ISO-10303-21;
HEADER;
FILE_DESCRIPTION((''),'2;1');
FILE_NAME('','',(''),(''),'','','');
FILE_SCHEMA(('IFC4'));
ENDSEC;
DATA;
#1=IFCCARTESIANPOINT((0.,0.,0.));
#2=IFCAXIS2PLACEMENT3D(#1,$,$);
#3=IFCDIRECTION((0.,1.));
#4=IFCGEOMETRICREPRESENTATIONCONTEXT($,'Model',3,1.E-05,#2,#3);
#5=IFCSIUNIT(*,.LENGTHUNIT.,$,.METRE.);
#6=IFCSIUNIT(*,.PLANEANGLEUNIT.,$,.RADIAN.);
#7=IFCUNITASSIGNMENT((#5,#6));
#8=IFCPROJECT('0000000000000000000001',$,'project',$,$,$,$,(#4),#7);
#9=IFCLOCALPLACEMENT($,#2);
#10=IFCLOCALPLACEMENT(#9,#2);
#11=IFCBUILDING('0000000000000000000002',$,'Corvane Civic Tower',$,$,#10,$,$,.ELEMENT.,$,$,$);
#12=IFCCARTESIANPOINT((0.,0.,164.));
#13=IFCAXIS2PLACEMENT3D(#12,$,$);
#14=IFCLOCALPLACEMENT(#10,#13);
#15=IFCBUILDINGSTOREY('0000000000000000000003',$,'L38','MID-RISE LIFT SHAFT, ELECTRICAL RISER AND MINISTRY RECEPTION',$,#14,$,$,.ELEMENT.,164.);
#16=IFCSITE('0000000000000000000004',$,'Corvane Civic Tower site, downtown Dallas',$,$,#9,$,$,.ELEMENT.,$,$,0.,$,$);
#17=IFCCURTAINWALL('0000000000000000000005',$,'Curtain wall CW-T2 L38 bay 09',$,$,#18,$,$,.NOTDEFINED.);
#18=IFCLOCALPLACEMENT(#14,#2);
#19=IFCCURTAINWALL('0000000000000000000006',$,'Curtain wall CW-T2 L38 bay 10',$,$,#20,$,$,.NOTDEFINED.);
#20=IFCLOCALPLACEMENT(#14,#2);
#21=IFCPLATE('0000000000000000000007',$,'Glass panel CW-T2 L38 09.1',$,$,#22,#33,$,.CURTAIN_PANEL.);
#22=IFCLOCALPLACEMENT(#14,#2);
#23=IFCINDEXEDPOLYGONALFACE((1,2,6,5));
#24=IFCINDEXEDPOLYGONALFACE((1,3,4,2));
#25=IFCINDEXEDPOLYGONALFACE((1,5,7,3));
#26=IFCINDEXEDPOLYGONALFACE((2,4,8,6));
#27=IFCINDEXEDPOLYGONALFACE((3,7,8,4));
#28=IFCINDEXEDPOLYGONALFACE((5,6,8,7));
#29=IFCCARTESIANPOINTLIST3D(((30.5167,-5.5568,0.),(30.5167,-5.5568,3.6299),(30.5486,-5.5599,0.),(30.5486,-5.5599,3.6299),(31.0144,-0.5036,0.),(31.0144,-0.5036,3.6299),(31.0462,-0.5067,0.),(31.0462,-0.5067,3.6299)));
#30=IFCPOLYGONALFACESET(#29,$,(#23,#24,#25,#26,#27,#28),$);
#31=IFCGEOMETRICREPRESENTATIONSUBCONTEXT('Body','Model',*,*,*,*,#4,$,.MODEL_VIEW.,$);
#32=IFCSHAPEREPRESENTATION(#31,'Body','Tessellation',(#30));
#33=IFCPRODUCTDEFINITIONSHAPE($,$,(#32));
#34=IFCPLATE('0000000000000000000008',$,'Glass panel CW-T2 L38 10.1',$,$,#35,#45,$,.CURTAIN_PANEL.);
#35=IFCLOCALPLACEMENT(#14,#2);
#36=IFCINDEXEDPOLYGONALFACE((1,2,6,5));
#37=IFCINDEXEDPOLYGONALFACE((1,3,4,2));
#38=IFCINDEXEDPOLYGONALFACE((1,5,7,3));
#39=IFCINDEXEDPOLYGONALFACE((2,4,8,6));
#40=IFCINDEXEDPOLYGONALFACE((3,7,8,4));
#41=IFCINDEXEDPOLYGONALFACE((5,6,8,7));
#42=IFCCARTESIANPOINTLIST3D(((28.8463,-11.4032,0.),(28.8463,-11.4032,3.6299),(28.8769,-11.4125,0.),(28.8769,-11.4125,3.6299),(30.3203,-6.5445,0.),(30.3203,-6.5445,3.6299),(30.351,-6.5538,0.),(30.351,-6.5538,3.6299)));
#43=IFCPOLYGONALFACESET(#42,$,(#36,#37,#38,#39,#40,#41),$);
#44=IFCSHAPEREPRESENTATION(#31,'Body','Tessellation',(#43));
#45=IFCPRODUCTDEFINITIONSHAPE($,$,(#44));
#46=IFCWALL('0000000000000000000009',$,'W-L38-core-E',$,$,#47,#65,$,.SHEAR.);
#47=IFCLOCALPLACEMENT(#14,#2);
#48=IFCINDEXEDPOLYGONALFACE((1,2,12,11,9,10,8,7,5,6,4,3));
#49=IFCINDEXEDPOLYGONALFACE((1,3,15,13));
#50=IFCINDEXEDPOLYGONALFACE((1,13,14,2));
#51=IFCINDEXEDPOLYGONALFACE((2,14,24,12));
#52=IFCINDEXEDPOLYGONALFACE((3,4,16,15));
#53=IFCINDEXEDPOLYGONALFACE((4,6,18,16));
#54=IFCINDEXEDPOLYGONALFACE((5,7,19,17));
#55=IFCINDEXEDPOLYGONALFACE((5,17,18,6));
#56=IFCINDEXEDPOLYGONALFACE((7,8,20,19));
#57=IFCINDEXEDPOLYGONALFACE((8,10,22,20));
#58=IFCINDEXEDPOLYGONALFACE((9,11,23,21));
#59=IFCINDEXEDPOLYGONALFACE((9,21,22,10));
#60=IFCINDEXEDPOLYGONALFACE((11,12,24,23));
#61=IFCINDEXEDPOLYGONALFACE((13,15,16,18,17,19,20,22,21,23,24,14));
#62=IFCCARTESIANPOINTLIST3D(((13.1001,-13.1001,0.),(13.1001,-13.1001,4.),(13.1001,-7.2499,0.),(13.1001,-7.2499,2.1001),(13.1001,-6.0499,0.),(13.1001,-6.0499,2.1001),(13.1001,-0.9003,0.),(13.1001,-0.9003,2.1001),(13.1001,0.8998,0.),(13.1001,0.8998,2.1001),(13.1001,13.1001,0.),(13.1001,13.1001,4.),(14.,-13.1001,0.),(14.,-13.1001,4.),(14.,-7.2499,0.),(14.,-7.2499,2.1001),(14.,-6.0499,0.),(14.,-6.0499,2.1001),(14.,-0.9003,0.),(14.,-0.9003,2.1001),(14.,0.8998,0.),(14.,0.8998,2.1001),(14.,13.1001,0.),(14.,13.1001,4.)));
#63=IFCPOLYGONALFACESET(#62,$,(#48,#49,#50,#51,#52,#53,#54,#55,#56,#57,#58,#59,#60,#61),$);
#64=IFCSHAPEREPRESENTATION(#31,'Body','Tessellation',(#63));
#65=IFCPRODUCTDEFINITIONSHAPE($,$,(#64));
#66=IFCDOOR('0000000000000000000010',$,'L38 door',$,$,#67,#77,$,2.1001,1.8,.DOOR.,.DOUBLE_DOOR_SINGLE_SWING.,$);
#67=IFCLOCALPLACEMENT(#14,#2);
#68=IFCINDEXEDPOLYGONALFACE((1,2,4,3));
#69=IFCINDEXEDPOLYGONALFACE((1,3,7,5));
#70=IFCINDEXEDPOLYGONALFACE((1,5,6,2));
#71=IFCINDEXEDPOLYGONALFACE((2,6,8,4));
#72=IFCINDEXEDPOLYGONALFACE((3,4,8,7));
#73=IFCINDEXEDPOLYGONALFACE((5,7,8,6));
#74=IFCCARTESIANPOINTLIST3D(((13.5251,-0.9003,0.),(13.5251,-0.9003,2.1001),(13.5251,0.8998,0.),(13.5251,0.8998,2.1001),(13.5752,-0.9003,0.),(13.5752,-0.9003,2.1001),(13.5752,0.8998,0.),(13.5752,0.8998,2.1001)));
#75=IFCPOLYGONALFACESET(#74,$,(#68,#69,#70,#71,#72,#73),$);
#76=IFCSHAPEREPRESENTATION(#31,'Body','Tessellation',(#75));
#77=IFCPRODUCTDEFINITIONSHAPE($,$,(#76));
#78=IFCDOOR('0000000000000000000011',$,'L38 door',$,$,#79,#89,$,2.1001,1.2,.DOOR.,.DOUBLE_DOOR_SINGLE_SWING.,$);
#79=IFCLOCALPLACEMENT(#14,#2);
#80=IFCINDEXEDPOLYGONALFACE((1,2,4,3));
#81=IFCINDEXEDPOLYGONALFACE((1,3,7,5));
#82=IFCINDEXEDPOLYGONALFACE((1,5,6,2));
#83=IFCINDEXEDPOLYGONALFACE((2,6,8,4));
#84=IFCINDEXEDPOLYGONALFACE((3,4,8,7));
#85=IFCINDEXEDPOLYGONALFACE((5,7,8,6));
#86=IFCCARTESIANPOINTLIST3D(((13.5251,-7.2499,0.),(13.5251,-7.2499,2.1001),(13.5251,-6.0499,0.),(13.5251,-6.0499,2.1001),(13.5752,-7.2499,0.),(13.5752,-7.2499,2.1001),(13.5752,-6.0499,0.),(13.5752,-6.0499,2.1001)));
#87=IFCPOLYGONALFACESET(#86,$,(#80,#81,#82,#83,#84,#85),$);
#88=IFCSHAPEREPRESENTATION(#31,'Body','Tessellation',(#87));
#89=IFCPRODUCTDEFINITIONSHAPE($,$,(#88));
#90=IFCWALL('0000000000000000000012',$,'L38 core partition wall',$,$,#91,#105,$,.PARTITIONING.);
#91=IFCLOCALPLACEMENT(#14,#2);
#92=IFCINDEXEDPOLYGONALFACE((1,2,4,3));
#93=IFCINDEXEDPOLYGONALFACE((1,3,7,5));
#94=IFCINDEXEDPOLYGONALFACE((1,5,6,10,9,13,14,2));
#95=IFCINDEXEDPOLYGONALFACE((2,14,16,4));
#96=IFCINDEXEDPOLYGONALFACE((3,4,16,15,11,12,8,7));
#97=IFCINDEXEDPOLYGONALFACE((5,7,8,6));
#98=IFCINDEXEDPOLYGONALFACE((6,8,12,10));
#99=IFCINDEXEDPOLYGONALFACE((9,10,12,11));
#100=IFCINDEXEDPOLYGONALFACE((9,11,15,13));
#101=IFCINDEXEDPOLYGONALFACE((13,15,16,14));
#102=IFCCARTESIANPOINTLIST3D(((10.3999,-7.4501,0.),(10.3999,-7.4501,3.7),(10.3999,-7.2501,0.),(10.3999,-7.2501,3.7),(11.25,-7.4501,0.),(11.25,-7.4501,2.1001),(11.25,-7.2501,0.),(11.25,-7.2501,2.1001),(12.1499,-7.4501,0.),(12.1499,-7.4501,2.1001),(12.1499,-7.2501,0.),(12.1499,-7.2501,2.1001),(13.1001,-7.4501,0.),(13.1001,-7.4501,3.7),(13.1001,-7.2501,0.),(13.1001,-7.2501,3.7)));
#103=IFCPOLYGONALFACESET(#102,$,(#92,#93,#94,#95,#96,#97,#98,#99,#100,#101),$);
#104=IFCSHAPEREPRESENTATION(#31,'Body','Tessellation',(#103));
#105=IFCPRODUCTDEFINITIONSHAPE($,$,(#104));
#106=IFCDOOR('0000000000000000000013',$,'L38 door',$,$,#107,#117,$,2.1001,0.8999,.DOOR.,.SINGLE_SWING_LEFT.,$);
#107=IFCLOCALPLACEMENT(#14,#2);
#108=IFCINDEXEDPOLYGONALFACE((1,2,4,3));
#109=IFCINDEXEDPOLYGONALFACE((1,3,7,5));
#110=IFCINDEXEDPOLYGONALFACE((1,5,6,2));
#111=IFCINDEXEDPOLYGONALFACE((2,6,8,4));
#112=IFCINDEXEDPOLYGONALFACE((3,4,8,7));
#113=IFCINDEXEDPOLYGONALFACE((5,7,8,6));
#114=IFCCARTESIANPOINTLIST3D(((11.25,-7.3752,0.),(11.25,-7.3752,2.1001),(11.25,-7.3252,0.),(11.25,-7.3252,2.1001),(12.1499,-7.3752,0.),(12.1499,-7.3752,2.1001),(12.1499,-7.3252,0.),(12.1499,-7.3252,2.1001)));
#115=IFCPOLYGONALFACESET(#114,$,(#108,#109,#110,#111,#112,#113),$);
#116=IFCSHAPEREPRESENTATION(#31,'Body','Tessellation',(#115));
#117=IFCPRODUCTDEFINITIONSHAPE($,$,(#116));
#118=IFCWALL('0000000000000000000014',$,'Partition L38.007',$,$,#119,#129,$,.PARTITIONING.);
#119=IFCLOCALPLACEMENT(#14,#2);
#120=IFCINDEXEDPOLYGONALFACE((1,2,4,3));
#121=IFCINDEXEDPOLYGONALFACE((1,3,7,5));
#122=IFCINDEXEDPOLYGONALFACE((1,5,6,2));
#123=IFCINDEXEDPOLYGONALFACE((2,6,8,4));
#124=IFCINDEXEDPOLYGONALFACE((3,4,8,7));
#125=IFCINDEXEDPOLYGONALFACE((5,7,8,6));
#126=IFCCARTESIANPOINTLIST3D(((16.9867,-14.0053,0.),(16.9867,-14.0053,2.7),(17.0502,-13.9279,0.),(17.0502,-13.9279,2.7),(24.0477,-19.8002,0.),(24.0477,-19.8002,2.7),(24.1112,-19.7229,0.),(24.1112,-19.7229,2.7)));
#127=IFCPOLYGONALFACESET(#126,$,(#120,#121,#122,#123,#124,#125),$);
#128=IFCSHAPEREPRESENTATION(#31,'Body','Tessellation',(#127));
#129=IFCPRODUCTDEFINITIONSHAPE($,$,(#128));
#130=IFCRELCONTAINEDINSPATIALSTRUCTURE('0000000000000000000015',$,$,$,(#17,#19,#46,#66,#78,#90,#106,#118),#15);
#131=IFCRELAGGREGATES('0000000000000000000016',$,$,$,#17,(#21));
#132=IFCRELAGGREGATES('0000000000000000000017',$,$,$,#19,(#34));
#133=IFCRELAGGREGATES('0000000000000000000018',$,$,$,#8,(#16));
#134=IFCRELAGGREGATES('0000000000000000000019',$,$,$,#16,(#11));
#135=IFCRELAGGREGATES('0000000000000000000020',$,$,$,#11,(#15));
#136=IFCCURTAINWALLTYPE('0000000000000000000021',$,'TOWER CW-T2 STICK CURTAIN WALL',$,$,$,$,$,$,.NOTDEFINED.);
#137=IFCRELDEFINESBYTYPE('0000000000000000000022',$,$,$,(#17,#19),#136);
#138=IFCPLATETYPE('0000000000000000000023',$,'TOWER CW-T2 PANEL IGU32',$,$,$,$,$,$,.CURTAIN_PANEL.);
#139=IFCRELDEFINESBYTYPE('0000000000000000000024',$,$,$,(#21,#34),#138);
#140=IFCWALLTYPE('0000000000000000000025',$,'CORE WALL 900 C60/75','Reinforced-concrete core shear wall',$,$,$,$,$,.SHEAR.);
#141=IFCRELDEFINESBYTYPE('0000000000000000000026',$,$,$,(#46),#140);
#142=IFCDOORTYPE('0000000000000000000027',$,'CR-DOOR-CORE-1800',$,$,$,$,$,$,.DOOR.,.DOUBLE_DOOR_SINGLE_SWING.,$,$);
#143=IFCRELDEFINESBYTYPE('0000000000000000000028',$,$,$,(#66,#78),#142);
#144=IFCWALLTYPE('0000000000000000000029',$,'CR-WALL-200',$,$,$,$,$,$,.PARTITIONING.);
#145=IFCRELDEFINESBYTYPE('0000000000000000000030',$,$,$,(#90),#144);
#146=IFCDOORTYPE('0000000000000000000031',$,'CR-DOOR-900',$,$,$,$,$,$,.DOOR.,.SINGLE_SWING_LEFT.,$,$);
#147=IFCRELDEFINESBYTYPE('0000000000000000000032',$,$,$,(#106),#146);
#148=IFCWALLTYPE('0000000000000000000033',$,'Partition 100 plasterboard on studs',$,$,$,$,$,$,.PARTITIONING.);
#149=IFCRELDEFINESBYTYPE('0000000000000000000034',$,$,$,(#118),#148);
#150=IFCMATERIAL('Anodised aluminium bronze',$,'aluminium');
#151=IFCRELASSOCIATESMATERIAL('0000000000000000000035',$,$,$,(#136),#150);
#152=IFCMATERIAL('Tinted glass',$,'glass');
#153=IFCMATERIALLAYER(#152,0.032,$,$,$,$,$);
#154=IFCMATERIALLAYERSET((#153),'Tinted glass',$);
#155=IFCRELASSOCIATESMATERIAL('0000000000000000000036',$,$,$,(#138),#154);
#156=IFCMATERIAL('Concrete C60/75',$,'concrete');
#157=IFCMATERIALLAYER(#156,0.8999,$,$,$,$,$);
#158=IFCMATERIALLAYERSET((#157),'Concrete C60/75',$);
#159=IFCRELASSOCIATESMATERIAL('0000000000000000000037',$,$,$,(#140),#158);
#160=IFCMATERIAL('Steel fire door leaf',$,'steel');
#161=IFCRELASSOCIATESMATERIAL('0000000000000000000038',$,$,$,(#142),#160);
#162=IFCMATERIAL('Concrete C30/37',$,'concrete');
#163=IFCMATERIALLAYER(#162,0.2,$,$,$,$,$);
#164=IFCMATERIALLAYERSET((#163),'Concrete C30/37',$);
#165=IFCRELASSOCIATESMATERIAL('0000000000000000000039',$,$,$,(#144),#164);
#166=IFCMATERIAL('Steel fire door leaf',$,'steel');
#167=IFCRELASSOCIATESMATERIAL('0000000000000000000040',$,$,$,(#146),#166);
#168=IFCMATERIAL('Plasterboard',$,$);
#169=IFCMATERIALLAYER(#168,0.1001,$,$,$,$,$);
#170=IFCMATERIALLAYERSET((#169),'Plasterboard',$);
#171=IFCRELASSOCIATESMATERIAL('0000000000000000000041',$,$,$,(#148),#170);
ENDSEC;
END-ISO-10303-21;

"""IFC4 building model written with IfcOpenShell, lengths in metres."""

from ifc_helpers import new_model, si_unit, direction, frame, frame_2d, origin, origin_2d, place, context, subcontext, project, spatial, rectangle, extrude, material, layer, layer_set, type_object, element, fill, aggregate, save


model = new_model("IFC4")

# Units and contexts
model_context = context("Model", 3, precision=1e-05, world=origin(), true_north=direction((0.0, 1.0)))
body_context = subcontext(model_context, "Body", "Model", "MODEL_VIEW")
ifc_project = project(units=[si_unit("LENGTHUNIT", "METRE"), si_unit("PLANEANGLEUNIT", "RADIAN")], contexts=[model_context])

# Site, building, storey
site_placement = place(None, origin())
site = spatial("IfcSite", under=ifc_project, at=site_placement, Name="Corvane Civic Tower site, downtown Dallas", CompositionType="ELEMENT", RefElevation=0.0)
building_placement = place(site_placement, origin())
building = spatial("IfcBuilding", under=site, at=building_placement, Name="Corvane Civic Tower", CompositionType="ELEMENT")
storey_placement = place(building_placement, frame((0.0, 0.0, 164.0)))
storey = spatial("IfcBuildingStorey", under=building, at=storey_placement, Name="L38", Description="MID-RISE LIFT SHAFT, ELECTRICAL RISER AND MINISTRY RECEPTION", CompositionType="ELEMENT", Elevation=164.0)

# Curtain walls
ifc_material_1 = material(Name="Anodised aluminium bronze", Category="aluminium")
curtain_wall_type = type_object("IfcCurtainWallType", Name="TOWER CW-T2 STICK CURTAIN WALL", PredefinedType="NOTDEFINED", material=ifc_material_1)
curtain_wall_1_placement = place(storey_placement, origin())
curtain_wall_1 = element("IfcCurtainWall", 1, at=curtain_wall_1_placement, inside=storey, type_object=curtain_wall_type, Name="Curtain wall CW-T2 L38 bay 09", PredefinedType="NOTDEFINED")
curtain_wall_2_placement = place(storey_placement, origin())
curtain_wall_2 = element("IfcCurtainWall", 2, at=curtain_wall_2_placement, inside=storey, type_object=curtain_wall_type, Name="Curtain wall CW-T2 L38 bay 10", PredefinedType="NOTDEFINED")

# Plates
ifc_material_2 = material(Name="Tinted glass", Category="glass")
ifc_layer_1 = layer(ifc_material_2, 0.032)
ifc_layer_set_1 = layer_set([ifc_layer_1], Name="Tinted glass")
plate_type = type_object("IfcPlateType", Name="TOWER CW-T2 PANEL IGU32", PredefinedType="CURTAIN_PANEL", material=ifc_layer_set_1)
plate_1_placement = place(storey_placement, frame((30.7815, -3.0317, 0.0), z_axis=(0.0, 0.0, 1.0), x_axis=(-0.098012, -0.995185, 0.0)))
plate_1 = element("IfcPlate", 3, at=plate_1_placement, type_object=plate_type, Name="Glass panel CW-T2 L38 09.1", PredefinedType="CURTAIN_PANEL", context=body_context, shape_type="SweptSolid", body=[
    extrude(rectangle(XDim=5.0776, YDim=0.032, at=origin_2d()), origin(), (0.0, 0.0, 1.0), 3.6299),
])
aggregate(curtain_wall_1, [plate_1])
plate_2_placement = place(storey_placement, frame((29.5986, -8.9785, 0.0), z_axis=(0.0, 0.0, 1.0), x_axis=(-0.290313, -0.956932, 0.0)))
plate_2 = element("IfcPlate", 4, at=plate_2_placement, type_object=plate_type, Name="Glass panel CW-T2 L38 10.1", PredefinedType="CURTAIN_PANEL", context=body_context, shape_type="SweptSolid", body=[
    extrude(rectangle(XDim=5.0774, YDim=0.032, at=origin_2d()), origin(), (0.0, 0.0, 1.0), 3.6299),
])
aggregate(curtain_wall_2, [plate_2])

# Wall, openings, doors
ifc_material_3 = material(Name="Concrete C60/75", Category="concrete")
ifc_layer_2 = layer(ifc_material_3, 0.8999)
ifc_layer_set_2 = layer_set([ifc_layer_2], Name="Concrete C60/75")
wall_type_1 = type_object("IfcWallType", Name="CORE WALL 900 C60/75", Description="Reinforced-concrete core shear wall", PredefinedType="SHEAR", material=ifc_layer_set_2)
wall_1_placement = place(storey_placement, frame((13.55, -13.1001, 0.0), z_axis=(0.0, 0.0, 1.0), x_axis=(0.0, 1.0, 0.0)))
wall_1 = element("IfcWall", 5, at=wall_1_placement, inside=storey, type_object=wall_type_1, Name="W-L38-core-E", PredefinedType="SHEAR", context=body_context, shape_type="SweptSolid", body=[
    extrude(rectangle(XDim=26.2002, YDim=0.8999, at=frame_2d((13.1001, 0.0))), origin(), (0.0, 0.0, 1.0), 4.0),
])
opening_1_placement = place(wall_1_placement, frame((12.2, 0.0, 0.0)))
opening_1 = element("IfcOpeningElement", 6, at=opening_1_placement, cuts=wall_1, PredefinedType="OPENING", context=body_context, shape_type="SweptSolid", body=[
    extrude(rectangle(XDim=1.8, YDim=2.1001, at=frame_2d((0.8999, 1.05))), frame((0.0, 0.46, 0.0), z_axis=(0.0, -1.0, 0.0), x_axis=(1.0, 0.0, 0.0)), (0.0, 0.0, 1.0), 0.9199),
])
opening_2_placement = place(wall_1_placement, frame((5.8501, 0.0, 0.0)))
opening_2 = element("IfcOpeningElement", 7, at=opening_2_placement, cuts=wall_1, PredefinedType="OPENING", context=body_context, shape_type="SweptSolid", body=[
    extrude(rectangle(XDim=1.2, YDim=2.1001, at=frame_2d((0.6001, 1.05))), frame((0.0, 0.46, 0.0), z_axis=(0.0, -1.0, 0.0), x_axis=(1.0, 0.0, 0.0)), (0.0, 0.0, 1.0), 0.9199),
])
ifc_material_4 = material(Name="Steel fire door leaf", Category="steel")
door_type_1 = type_object("IfcDoorType", Name="CR-DOOR-CORE-1800", OperationType="DOUBLE_DOOR_SINGLE_SWING", PredefinedType="DOOR", material=ifc_material_4)
door_1_placement = place(opening_1_placement, origin())
door_1 = element("IfcDoor", 8, at=door_1_placement, inside=storey, type_object=door_type_1, Name="L38 door", OperationType="DOUBLE_DOOR_SINGLE_SWING", OverallHeight=2.1001, OverallWidth=1.8, PredefinedType="DOOR", context=body_context, shape_type="SweptSolid", body=[
    extrude(rectangle(XDim=1.8, YDim=2.1001, at=frame_2d((0.8999, 1.05))), frame((0.0, 0.0249, 0.0), z_axis=(0.0, -1.0, 0.0), x_axis=(1.0, 0.0, 0.0)), (0.0, 0.0, 1.0), 0.05),
])
fill(opening_1, door_1)
door_2_placement = place(opening_2_placement, origin())
door_2 = element("IfcDoor", 9, at=door_2_placement, inside=storey, type_object=door_type_1, Name="L38 door", OperationType="DOUBLE_DOOR_SINGLE_SWING", OverallHeight=2.1001, OverallWidth=1.2, PredefinedType="DOOR", context=body_context, shape_type="SweptSolid", body=[
    extrude(rectangle(XDim=1.2, YDim=2.1001, at=frame_2d((0.6001, 1.05))), frame((0.0, 0.0249, 0.0), z_axis=(0.0, -1.0, 0.0), x_axis=(1.0, 0.0, 0.0)), (0.0, 0.0, 1.0), 0.05),
])
fill(opening_2, door_2)

# Wall, opening, door
ifc_material_5 = material(Name="Concrete C30/37", Category="concrete")
ifc_layer_3 = layer(ifc_material_5, 0.2)
ifc_layer_set_3 = layer_set([ifc_layer_3], Name="Concrete C30/37")
wall_type_2 = type_object("IfcWallType", Name="CR-WALL-200", PredefinedType="PARTITIONING", material=ifc_layer_set_3)
wall_2_placement = place(storey_placement, frame((10.3999, -7.3501, 0.0), z_axis=(0.0, 0.0, 1.0), x_axis=(1.0, 0.0, 0.0)))
wall_2 = element("IfcWall", 10, at=wall_2_placement, inside=storey, type_object=wall_type_2, Name="L38 core partition wall", PredefinedType="PARTITIONING", context=body_context, shape_type="SweptSolid", body=[
    extrude(rectangle(XDim=2.7002, YDim=0.2, at=frame_2d((1.3501, 0.0))), origin(), (0.0, 0.0, 1.0), 3.7),
])
opening_3_placement = place(wall_2_placement, frame((0.8501, 0.0, 0.0)))
opening_3 = element("IfcOpeningElement", 11, at=opening_3_placement, cuts=wall_2, PredefinedType="OPENING", context=body_context, shape_type="SweptSolid", body=[
    extrude(rectangle(XDim=0.8999, YDim=2.1001, at=frame_2d((0.45, 1.05))), frame((0.0, 0.1099, 0.0), z_axis=(0.0, -1.0, 0.0), x_axis=(1.0, 0.0, 0.0)), (0.0, 0.0, 1.0), 0.22),
])
ifc_material_6 = material(Name="Steel fire door leaf", Category="steel")
door_type_2 = type_object("IfcDoorType", Name="CR-DOOR-900", OperationType="SINGLE_SWING_LEFT", PredefinedType="DOOR", material=ifc_material_6)
door_3_placement = place(opening_3_placement, origin())
door_3 = element("IfcDoor", 12, at=door_3_placement, inside=storey, type_object=door_type_2, Name="L38 door", OperationType="SINGLE_SWING_LEFT", OverallHeight=2.1001, OverallWidth=0.8999, PredefinedType="DOOR", context=body_context, shape_type="SweptSolid", body=[
    extrude(rectangle(XDim=0.8999, YDim=2.1001, at=frame_2d((0.45, 1.05))), frame((0.0, 0.0249, 0.0), z_axis=(0.0, -1.0, 0.0), x_axis=(1.0, 0.0, 0.0)), (0.0, 0.0, 1.0), 0.05),
])
fill(opening_3, door_3)

# Wall
ifc_material_7 = material(Name="Plasterboard")
ifc_layer_4 = layer(ifc_material_7, 0.1001)
ifc_layer_set_4 = layer_set([ifc_layer_4], Name="Plasterboard")
wall_type_3 = type_object("IfcWallType", Name="Partition 100 plasterboard on studs", PredefinedType="PARTITIONING", material=ifc_layer_set_4)
wall_3_placement = place(storey_placement, frame((17.0183, -13.9666, 0.0), z_axis=(0.0, 0.0, 1.0), x_axis=(0.773006, -0.634399, 0.0)))
element("IfcWall", 13, at=wall_3_placement, inside=storey, type_object=wall_type_3, Name="Partition L38.007", PredefinedType="PARTITIONING", context=body_context, shape_type="SweptSolid", body=[
    extrude(rectangle(XDim=9.1345, YDim=0.1001, at=frame_2d((4.5674, 0.0))), origin(), (0.0, 0.0, 1.0), 2.7),
])

save(model, "model.ifc")
